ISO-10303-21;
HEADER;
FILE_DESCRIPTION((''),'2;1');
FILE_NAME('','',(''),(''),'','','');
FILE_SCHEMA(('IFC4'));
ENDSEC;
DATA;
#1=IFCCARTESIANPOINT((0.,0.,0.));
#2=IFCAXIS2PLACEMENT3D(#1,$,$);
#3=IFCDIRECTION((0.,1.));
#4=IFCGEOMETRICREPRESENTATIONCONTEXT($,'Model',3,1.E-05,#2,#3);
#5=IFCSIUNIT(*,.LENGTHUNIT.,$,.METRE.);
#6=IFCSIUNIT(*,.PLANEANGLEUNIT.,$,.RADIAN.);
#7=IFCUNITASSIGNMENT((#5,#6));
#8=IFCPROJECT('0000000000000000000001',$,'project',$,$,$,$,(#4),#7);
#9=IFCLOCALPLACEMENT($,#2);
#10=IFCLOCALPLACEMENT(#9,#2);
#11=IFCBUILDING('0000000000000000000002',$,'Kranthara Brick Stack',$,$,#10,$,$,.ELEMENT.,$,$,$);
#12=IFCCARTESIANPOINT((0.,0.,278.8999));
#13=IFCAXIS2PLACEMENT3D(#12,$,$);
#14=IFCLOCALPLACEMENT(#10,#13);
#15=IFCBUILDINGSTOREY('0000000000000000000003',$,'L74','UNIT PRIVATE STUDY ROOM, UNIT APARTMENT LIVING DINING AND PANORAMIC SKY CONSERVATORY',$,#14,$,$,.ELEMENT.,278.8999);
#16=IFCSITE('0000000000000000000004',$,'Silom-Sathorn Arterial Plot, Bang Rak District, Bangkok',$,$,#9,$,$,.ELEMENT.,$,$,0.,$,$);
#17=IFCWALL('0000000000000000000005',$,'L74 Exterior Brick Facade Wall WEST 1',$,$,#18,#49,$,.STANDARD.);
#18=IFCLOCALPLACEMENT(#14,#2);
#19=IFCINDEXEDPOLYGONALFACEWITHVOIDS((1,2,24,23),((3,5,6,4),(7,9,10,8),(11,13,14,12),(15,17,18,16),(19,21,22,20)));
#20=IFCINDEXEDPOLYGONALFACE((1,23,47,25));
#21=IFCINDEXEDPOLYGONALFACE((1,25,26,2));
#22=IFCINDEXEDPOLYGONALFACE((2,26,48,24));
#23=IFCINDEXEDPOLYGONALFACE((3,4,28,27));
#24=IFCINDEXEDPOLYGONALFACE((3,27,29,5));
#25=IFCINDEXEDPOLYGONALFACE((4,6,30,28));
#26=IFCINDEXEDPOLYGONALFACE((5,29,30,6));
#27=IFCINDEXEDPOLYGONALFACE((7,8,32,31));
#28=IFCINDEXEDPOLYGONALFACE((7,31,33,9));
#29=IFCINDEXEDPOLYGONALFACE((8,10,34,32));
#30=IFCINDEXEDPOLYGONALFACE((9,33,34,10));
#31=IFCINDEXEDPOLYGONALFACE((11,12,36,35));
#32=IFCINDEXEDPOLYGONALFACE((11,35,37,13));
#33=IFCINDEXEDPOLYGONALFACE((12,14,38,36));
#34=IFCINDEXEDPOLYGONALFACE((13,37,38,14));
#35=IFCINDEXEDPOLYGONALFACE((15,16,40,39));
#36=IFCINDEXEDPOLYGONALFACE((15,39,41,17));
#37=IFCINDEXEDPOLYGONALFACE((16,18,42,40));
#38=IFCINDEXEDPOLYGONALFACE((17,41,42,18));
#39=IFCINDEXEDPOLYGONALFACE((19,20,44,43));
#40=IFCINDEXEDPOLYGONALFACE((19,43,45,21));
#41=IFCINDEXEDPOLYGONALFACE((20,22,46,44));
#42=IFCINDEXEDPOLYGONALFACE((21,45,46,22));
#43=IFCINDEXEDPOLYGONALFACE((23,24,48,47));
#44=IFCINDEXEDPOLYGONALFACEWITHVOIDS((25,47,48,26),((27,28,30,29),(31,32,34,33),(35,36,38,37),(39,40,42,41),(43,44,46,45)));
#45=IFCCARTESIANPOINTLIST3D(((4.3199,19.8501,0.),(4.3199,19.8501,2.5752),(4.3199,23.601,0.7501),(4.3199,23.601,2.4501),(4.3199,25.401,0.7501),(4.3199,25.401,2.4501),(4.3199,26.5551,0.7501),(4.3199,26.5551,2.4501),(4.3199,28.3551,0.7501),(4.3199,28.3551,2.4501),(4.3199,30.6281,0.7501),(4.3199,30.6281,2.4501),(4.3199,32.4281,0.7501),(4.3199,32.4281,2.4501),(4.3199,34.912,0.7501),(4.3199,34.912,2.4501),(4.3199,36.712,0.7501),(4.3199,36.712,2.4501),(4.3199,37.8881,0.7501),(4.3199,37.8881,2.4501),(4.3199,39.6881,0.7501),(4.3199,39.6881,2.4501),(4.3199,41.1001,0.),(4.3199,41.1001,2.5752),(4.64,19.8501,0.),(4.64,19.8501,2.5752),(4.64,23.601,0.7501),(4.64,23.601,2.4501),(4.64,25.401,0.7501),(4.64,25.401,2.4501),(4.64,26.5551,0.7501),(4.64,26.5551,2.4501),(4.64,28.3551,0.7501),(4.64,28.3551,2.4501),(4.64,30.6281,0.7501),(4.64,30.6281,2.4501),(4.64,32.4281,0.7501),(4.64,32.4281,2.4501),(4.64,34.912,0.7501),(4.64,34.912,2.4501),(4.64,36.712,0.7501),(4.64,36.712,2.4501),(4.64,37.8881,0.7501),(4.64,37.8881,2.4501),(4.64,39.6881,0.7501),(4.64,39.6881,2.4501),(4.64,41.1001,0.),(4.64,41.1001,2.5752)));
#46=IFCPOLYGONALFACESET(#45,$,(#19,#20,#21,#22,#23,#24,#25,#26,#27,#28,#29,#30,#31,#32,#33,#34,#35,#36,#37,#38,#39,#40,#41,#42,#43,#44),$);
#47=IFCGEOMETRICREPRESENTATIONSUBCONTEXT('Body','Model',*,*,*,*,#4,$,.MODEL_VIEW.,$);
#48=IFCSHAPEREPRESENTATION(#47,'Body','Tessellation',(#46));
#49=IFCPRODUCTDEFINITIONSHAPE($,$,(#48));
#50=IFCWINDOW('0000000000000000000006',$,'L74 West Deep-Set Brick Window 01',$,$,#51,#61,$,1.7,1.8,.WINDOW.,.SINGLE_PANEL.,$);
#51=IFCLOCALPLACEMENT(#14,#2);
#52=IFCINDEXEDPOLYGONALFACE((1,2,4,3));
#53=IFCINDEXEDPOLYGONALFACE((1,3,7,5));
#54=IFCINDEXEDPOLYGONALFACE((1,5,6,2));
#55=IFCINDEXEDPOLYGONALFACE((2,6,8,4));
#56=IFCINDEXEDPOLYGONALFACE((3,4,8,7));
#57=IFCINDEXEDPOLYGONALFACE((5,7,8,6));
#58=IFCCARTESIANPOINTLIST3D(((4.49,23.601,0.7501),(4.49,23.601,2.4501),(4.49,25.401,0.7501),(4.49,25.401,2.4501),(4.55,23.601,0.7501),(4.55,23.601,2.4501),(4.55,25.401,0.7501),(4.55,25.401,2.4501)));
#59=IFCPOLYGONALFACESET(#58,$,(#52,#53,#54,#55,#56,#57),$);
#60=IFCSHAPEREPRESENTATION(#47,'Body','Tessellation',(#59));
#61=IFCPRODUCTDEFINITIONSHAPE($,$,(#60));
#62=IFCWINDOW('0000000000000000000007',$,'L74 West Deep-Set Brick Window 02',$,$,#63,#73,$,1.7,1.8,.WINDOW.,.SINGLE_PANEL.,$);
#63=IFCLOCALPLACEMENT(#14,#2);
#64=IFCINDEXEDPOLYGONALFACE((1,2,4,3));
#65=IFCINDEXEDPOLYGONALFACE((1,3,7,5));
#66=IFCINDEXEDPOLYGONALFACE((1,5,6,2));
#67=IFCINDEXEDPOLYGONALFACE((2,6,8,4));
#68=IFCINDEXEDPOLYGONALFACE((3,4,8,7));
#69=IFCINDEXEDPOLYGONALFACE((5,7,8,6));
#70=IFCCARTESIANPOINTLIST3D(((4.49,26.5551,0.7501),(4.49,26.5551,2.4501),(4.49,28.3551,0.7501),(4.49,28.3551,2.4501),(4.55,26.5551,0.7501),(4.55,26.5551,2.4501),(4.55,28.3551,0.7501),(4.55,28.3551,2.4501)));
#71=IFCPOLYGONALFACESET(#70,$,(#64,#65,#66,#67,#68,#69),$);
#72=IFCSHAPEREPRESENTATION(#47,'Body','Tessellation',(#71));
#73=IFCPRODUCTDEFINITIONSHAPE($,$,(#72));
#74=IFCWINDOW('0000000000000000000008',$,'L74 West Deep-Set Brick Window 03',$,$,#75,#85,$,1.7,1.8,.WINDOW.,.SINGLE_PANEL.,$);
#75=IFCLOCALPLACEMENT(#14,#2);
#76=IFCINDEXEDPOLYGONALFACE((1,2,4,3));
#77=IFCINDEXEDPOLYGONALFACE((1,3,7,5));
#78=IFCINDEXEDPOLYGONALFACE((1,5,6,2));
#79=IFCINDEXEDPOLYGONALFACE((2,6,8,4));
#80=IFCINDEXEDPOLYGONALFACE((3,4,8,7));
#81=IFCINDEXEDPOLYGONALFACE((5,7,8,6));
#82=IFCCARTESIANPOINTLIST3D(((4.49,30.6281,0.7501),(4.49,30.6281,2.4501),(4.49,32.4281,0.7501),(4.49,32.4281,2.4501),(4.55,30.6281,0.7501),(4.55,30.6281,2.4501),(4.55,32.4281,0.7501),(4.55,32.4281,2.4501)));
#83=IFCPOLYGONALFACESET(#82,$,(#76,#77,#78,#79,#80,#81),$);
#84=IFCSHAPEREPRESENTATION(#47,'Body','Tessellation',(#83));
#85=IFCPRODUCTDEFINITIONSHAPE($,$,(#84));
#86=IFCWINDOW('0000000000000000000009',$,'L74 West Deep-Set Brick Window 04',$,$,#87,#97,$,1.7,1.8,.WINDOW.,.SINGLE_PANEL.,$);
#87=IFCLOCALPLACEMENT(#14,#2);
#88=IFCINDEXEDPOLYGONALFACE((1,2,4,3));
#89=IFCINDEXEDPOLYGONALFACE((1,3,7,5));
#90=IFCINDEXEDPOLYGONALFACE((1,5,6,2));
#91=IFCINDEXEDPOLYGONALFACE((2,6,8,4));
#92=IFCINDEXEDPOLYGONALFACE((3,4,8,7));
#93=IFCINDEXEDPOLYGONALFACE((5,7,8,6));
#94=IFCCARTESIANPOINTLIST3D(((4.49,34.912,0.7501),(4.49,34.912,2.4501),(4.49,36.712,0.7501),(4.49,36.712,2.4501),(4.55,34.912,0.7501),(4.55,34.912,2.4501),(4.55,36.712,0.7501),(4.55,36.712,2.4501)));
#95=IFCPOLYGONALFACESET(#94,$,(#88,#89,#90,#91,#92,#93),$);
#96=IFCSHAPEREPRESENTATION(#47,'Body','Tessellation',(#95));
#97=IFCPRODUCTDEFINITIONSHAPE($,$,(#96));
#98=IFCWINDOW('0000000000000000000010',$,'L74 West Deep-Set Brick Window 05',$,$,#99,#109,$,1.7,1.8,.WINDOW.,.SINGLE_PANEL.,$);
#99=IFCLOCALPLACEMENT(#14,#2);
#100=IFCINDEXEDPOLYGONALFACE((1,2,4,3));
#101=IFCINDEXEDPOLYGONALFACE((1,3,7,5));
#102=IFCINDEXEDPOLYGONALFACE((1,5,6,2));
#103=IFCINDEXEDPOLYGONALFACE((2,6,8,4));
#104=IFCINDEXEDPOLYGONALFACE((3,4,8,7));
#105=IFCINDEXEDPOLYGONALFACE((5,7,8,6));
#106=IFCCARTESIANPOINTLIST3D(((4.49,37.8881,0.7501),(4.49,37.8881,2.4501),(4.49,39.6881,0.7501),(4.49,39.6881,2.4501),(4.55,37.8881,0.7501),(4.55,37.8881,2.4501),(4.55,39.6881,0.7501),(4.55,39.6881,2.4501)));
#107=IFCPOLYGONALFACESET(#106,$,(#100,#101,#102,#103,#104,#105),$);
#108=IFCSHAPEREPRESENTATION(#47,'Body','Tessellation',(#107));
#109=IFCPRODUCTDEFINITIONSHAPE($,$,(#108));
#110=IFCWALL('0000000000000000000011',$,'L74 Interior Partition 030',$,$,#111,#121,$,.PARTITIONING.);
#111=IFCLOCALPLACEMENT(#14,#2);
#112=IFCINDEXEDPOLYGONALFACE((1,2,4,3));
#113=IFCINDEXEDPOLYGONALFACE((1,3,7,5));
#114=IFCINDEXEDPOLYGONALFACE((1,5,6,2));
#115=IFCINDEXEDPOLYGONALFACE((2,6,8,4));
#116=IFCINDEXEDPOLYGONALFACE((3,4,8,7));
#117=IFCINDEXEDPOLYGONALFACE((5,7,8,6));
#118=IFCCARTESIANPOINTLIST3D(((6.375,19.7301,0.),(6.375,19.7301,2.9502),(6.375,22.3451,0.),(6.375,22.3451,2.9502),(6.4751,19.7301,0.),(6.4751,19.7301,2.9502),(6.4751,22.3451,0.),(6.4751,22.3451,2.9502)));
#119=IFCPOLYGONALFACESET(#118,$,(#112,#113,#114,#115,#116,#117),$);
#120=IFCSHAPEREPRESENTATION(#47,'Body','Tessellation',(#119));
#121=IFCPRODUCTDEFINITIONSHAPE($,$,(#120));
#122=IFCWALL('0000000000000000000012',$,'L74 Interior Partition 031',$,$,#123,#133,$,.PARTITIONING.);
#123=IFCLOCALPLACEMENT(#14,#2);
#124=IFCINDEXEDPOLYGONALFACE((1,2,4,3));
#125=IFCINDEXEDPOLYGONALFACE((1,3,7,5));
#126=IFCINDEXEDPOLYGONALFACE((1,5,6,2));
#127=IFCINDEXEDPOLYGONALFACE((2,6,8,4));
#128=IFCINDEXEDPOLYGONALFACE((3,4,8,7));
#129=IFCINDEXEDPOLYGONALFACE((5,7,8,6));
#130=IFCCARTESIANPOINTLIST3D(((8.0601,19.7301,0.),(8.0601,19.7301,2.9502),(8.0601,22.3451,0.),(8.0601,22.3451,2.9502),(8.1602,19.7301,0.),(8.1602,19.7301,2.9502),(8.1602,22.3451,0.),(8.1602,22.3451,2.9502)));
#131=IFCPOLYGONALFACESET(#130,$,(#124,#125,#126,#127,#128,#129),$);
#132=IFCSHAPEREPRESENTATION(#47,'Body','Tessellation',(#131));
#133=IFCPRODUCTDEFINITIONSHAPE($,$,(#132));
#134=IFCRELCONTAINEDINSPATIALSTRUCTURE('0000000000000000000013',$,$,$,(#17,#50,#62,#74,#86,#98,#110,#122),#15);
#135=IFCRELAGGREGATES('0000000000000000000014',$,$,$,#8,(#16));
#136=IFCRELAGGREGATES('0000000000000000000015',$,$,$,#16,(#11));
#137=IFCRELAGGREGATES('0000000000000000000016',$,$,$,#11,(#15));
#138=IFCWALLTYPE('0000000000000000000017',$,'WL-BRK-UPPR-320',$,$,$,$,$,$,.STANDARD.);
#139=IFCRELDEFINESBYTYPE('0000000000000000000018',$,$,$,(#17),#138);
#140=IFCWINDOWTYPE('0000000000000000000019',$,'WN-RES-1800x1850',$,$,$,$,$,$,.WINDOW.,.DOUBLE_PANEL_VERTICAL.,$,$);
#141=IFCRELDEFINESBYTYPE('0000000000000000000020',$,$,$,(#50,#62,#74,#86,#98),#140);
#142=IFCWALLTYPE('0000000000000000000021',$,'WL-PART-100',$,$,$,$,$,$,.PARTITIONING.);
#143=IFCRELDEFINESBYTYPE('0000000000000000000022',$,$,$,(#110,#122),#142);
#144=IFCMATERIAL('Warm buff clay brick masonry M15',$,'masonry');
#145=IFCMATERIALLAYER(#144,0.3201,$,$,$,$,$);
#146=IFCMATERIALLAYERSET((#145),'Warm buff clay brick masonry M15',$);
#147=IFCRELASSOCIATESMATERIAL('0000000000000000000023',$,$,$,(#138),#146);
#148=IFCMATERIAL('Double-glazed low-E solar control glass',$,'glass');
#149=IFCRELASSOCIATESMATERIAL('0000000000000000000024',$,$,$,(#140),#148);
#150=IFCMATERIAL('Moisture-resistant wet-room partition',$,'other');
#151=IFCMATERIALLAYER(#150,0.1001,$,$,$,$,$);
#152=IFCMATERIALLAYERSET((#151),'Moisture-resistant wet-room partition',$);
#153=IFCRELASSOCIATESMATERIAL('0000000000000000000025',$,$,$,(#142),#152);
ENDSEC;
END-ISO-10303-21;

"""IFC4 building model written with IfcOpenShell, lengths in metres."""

from ifc_helpers import new_model, si_unit, direction, frame, frame_2d, origin, place, context, subcontext, project, spatial, rectangle, extrude, material, layer, layer_set, type_object, element, fill, save


model = new_model("IFC4")

# Units and contexts
model_context = context("Model", 3, precision=1e-05, world=origin(), true_north=direction((0.0, 1.0)))
body_context = subcontext(model_context, "Body", "Model", "MODEL_VIEW")
ifc_project = project(units=[si_unit("LENGTHUNIT", "METRE"), si_unit("PLANEANGLEUNIT", "RADIAN")], contexts=[model_context])

# Site, building, storey
site_placement = place(None, origin())
site = spatial("IfcSite", under=ifc_project, at=site_placement, Name="Silom-Sathorn Arterial Plot, Bang Rak District, Bangkok", CompositionType="ELEMENT", RefElevation=0.0)
building_placement = place(site_placement, origin())
building = spatial("IfcBuilding", under=site, at=building_placement, Name="Kranthara Brick Stack", CompositionType="ELEMENT")
storey_placement = place(building_placement, frame((0.0, 0.0, 278.8999)))
storey = spatial("IfcBuildingStorey", under=building, at=storey_placement, Name="L74", Description="UNIT PRIVATE STUDY ROOM, UNIT APARTMENT LIVING DINING AND PANORAMIC SKY CONSERVATORY", CompositionType="ELEMENT", Elevation=278.8999)

# Wall, openings, windows
ifc_material_1 = material(Name="Warm buff clay brick masonry M15", Category="masonry")
ifc_layer_1 = layer(ifc_material_1, 0.3201)
ifc_layer_set_1 = layer_set([ifc_layer_1], Name="Warm buff clay brick masonry M15")
wall_type_1 = type_object("IfcWallType", Name="WL-BRK-UPPR-320", PredefinedType="STANDARD", material=ifc_layer_set_1)
wall_1_placement = place(storey_placement, frame((4.48, 19.8501, 0.0), z_axis=(0.0, 0.0, 1.0), x_axis=(0.0, 1.0, 0.0)))
wall_1 = element("IfcWall", 1, at=wall_1_placement, inside=storey, type_object=wall_type_1, Name="L74 Exterior Brick Facade Wall WEST 1", PredefinedType="STANDARD", context=body_context, shape_type="SweptSolid", body=[
    extrude(rectangle(XDim=21.25, YDim=0.3201, at=frame_2d((10.625, 0.0))), origin(), (0.0, 0.0, 1.0), 2.5752),
])
opening_1_placement = place(wall_1_placement, frame((3.751, 0.0, 0.75)))
opening_1 = element("IfcOpeningElement", 2, at=opening_1_placement, cuts=wall_1, PredefinedType="OPENING", context=body_context, shape_type="SweptSolid", body=[
    extrude(rectangle(XDim=1.8, YDim=1.7, at=frame_2d((0.8999, 0.8501))), frame((0.0, 0.1699, 0.0), z_axis=(0.0, -1.0, 0.0), x_axis=(1.0, 0.0, 0.0)), (0.0, 0.0, 1.0), 0.3401),
])
opening_2_placement = place(wall_1_placement, frame((6.7051, 0.0, 0.75)))
opening_2 = element("IfcOpeningElement", 3, at=opening_2_placement, cuts=wall_1, PredefinedType="OPENING", context=body_context, shape_type="SweptSolid", body=[
    extrude(rectangle(XDim=1.8, YDim=1.7, at=frame_2d((0.8999, 0.8501))), frame((0.0, 0.1699, 0.0), z_axis=(0.0, -1.0, 0.0), x_axis=(1.0, 0.0, 0.0)), (0.0, 0.0, 1.0), 0.3401),
])
opening_3_placement = place(wall_1_placement, frame((10.7781, 0.0, 0.75)))
opening_3 = element("IfcOpeningElement", 4, at=opening_3_placement, cuts=wall_1, PredefinedType="OPENING", context=body_context, shape_type="SweptSolid", body=[
    extrude(rectangle(XDim=1.8, YDim=1.7, at=frame_2d((0.8999, 0.8501))), frame((0.0, 0.1699, 0.0), z_axis=(0.0, -1.0, 0.0), x_axis=(1.0, 0.0, 0.0)), (0.0, 0.0, 1.0), 0.3401),
])
opening_4_placement = place(wall_1_placement, frame((15.062, 0.0, 0.75)))
opening_4 = element("IfcOpeningElement", 5, at=opening_4_placement, cuts=wall_1, PredefinedType="OPENING", context=body_context, shape_type="SweptSolid", body=[
    extrude(rectangle(XDim=1.8, YDim=1.7, at=frame_2d((0.8999, 0.8501))), frame((0.0, 0.1699, 0.0), z_axis=(0.0, -1.0, 0.0), x_axis=(1.0, 0.0, 0.0)), (0.0, 0.0, 1.0), 0.3401),
])
opening_5_placement = place(wall_1_placement, frame((18.0381, 0.0, 0.75)))
opening_5 = element("IfcOpeningElement", 6, at=opening_5_placement, cuts=wall_1, PredefinedType="OPENING", context=body_context, shape_type="SweptSolid", body=[
    extrude(rectangle(XDim=1.8, YDim=1.7, at=frame_2d((0.8999, 0.8501))), frame((0.0, 0.1699, 0.0), z_axis=(0.0, -1.0, 0.0), x_axis=(1.0, 0.0, 0.0)), (0.0, 0.0, 1.0), 0.3401),
])
ifc_material_2 = material(Name="Double-glazed low-E solar control glass", Category="glass")
window_type = type_object("IfcWindowType", Name="WN-RES-1800x1850", PartitioningType="DOUBLE_PANEL_VERTICAL", PredefinedType="WINDOW", material=ifc_material_2)
window_1_placement = place(opening_1_placement, origin())
window_1 = element("IfcWindow", 7, at=window_1_placement, inside=storey, type_object=window_type, Name="L74 West Deep-Set Brick Window 01", OverallHeight=1.7, OverallWidth=1.8, PartitioningType="SINGLE_PANEL", PredefinedType="WINDOW", context=body_context, shape_type="SweptSolid", body=[
    extrude(rectangle(XDim=1.8, YDim=1.7, at=frame_2d((0.8999, 0.8501))), frame((0.0, -0.01, 0.0), z_axis=(0.0, -1.0, 0.0), x_axis=(1.0, 0.0, 0.0)), (0.0, 0.0, 1.0), 0.0601),
])
fill(opening_1, window_1)
window_2_placement = place(opening_2_placement, origin())
window_2 = element("IfcWindow", 8, at=window_2_placement, inside=storey, type_object=window_type, Name="L74 West Deep-Set Brick Window 02", OverallHeight=1.7, OverallWidth=1.8, PartitioningType="SINGLE_PANEL", PredefinedType="WINDOW", context=body_context, shape_type="SweptSolid", body=[
    extrude(rectangle(XDim=1.8, YDim=1.7, at=frame_2d((0.8999, 0.8501))), frame((0.0, -0.01, 0.0), z_axis=(0.0, -1.0, 0.0), x_axis=(1.0, 0.0, 0.0)), (0.0, 0.0, 1.0), 0.0601),
])
fill(opening_2, window_2)
window_3_placement = place(opening_3_placement, origin())
window_3 = element("IfcWindow", 9, at=window_3_placement, inside=storey, type_object=window_type, Name="L74 West Deep-Set Brick Window 03", OverallHeight=1.7, OverallWidth=1.8, PartitioningType="SINGLE_PANEL", PredefinedType="WINDOW", context=body_context, shape_type="SweptSolid", body=[
    extrude(rectangle(XDim=1.8, YDim=1.7, at=frame_2d((0.8999, 0.8501))), frame((0.0, -0.01, 0.0), z_axis=(0.0, -1.0, 0.0), x_axis=(1.0, 0.0, 0.0)), (0.0, 0.0, 1.0), 0.0601),
])
fill(opening_3, window_3)
window_4_placement = place(opening_4_placement, origin())
window_4 = element("IfcWindow", 10, at=window_4_placement, inside=storey, type_object=window_type, Name="L74 West Deep-Set Brick Window 04", OverallHeight=1.7, OverallWidth=1.8, PartitioningType="SINGLE_PANEL", PredefinedType="WINDOW", context=body_context, shape_type="SweptSolid", body=[
    extrude(rectangle(XDim=1.8, YDim=1.7, at=frame_2d((0.8999, 0.8501))), frame((0.0, -0.01, 0.0), z_axis=(0.0, -1.0, 0.0), x_axis=(1.0, 0.0, 0.0)), (0.0, 0.0, 1.0), 0.0601),
])
fill(opening_4, window_4)
window_5_placement = place(opening_5_placement, origin())
window_5 = element("IfcWindow", 11, at=window_5_placement, inside=storey, type_object=window_type, Name="L74 West Deep-Set Brick Window 05", OverallHeight=1.7, OverallWidth=1.8, PartitioningType="SINGLE_PANEL", PredefinedType="WINDOW", context=body_context, shape_type="SweptSolid", body=[
    extrude(rectangle(XDim=1.8, YDim=1.7, at=frame_2d((0.8999, 0.8501))), frame((0.0, -0.01, 0.0), z_axis=(0.0, -1.0, 0.0), x_axis=(1.0, 0.0, 0.0)), (0.0, 0.0, 1.0), 0.0601),
])
fill(opening_5, window_5)

# Walls
ifc_material_3 = material(Name="Moisture-resistant wet-room partition", Category="other")
ifc_layer_2 = layer(ifc_material_3, 0.1001)
ifc_layer_set_2 = layer_set([ifc_layer_2], Name="Moisture-resistant wet-room partition")
wall_type_2 = type_object("IfcWallType", Name="WL-PART-100", PredefinedType="PARTITIONING", material=ifc_layer_set_2)
for number, where, z_axis, x_axis, name in (
    (12, (6.425, 19.73, 0.0), (0.0, 0.0, 1.0), (0.0, 1.0, 0.0), "L74 Interior Partition 030"),
    (13, (8.1101, 19.73, 0.0), (0.0, 0.0, 1.0), (0.0, 1.0, 0.0), "L74 Interior Partition 031"),
):
    element("IfcWall", number, at=place(storey_placement, frame(where, z_axis=z_axis, x_axis=x_axis)), inside=storey, type_object=wall_type_2, Name=name, PredefinedType="PARTITIONING", context=body_context, shape_type="SweptSolid", body=[
        extrude(rectangle(XDim=2.615, YDim=0.1001, at=frame_2d((1.3076, 0.0))), origin(), (0.0, 0.0, 1.0), 2.9502),
    ])

save(model, "model.ifc")
